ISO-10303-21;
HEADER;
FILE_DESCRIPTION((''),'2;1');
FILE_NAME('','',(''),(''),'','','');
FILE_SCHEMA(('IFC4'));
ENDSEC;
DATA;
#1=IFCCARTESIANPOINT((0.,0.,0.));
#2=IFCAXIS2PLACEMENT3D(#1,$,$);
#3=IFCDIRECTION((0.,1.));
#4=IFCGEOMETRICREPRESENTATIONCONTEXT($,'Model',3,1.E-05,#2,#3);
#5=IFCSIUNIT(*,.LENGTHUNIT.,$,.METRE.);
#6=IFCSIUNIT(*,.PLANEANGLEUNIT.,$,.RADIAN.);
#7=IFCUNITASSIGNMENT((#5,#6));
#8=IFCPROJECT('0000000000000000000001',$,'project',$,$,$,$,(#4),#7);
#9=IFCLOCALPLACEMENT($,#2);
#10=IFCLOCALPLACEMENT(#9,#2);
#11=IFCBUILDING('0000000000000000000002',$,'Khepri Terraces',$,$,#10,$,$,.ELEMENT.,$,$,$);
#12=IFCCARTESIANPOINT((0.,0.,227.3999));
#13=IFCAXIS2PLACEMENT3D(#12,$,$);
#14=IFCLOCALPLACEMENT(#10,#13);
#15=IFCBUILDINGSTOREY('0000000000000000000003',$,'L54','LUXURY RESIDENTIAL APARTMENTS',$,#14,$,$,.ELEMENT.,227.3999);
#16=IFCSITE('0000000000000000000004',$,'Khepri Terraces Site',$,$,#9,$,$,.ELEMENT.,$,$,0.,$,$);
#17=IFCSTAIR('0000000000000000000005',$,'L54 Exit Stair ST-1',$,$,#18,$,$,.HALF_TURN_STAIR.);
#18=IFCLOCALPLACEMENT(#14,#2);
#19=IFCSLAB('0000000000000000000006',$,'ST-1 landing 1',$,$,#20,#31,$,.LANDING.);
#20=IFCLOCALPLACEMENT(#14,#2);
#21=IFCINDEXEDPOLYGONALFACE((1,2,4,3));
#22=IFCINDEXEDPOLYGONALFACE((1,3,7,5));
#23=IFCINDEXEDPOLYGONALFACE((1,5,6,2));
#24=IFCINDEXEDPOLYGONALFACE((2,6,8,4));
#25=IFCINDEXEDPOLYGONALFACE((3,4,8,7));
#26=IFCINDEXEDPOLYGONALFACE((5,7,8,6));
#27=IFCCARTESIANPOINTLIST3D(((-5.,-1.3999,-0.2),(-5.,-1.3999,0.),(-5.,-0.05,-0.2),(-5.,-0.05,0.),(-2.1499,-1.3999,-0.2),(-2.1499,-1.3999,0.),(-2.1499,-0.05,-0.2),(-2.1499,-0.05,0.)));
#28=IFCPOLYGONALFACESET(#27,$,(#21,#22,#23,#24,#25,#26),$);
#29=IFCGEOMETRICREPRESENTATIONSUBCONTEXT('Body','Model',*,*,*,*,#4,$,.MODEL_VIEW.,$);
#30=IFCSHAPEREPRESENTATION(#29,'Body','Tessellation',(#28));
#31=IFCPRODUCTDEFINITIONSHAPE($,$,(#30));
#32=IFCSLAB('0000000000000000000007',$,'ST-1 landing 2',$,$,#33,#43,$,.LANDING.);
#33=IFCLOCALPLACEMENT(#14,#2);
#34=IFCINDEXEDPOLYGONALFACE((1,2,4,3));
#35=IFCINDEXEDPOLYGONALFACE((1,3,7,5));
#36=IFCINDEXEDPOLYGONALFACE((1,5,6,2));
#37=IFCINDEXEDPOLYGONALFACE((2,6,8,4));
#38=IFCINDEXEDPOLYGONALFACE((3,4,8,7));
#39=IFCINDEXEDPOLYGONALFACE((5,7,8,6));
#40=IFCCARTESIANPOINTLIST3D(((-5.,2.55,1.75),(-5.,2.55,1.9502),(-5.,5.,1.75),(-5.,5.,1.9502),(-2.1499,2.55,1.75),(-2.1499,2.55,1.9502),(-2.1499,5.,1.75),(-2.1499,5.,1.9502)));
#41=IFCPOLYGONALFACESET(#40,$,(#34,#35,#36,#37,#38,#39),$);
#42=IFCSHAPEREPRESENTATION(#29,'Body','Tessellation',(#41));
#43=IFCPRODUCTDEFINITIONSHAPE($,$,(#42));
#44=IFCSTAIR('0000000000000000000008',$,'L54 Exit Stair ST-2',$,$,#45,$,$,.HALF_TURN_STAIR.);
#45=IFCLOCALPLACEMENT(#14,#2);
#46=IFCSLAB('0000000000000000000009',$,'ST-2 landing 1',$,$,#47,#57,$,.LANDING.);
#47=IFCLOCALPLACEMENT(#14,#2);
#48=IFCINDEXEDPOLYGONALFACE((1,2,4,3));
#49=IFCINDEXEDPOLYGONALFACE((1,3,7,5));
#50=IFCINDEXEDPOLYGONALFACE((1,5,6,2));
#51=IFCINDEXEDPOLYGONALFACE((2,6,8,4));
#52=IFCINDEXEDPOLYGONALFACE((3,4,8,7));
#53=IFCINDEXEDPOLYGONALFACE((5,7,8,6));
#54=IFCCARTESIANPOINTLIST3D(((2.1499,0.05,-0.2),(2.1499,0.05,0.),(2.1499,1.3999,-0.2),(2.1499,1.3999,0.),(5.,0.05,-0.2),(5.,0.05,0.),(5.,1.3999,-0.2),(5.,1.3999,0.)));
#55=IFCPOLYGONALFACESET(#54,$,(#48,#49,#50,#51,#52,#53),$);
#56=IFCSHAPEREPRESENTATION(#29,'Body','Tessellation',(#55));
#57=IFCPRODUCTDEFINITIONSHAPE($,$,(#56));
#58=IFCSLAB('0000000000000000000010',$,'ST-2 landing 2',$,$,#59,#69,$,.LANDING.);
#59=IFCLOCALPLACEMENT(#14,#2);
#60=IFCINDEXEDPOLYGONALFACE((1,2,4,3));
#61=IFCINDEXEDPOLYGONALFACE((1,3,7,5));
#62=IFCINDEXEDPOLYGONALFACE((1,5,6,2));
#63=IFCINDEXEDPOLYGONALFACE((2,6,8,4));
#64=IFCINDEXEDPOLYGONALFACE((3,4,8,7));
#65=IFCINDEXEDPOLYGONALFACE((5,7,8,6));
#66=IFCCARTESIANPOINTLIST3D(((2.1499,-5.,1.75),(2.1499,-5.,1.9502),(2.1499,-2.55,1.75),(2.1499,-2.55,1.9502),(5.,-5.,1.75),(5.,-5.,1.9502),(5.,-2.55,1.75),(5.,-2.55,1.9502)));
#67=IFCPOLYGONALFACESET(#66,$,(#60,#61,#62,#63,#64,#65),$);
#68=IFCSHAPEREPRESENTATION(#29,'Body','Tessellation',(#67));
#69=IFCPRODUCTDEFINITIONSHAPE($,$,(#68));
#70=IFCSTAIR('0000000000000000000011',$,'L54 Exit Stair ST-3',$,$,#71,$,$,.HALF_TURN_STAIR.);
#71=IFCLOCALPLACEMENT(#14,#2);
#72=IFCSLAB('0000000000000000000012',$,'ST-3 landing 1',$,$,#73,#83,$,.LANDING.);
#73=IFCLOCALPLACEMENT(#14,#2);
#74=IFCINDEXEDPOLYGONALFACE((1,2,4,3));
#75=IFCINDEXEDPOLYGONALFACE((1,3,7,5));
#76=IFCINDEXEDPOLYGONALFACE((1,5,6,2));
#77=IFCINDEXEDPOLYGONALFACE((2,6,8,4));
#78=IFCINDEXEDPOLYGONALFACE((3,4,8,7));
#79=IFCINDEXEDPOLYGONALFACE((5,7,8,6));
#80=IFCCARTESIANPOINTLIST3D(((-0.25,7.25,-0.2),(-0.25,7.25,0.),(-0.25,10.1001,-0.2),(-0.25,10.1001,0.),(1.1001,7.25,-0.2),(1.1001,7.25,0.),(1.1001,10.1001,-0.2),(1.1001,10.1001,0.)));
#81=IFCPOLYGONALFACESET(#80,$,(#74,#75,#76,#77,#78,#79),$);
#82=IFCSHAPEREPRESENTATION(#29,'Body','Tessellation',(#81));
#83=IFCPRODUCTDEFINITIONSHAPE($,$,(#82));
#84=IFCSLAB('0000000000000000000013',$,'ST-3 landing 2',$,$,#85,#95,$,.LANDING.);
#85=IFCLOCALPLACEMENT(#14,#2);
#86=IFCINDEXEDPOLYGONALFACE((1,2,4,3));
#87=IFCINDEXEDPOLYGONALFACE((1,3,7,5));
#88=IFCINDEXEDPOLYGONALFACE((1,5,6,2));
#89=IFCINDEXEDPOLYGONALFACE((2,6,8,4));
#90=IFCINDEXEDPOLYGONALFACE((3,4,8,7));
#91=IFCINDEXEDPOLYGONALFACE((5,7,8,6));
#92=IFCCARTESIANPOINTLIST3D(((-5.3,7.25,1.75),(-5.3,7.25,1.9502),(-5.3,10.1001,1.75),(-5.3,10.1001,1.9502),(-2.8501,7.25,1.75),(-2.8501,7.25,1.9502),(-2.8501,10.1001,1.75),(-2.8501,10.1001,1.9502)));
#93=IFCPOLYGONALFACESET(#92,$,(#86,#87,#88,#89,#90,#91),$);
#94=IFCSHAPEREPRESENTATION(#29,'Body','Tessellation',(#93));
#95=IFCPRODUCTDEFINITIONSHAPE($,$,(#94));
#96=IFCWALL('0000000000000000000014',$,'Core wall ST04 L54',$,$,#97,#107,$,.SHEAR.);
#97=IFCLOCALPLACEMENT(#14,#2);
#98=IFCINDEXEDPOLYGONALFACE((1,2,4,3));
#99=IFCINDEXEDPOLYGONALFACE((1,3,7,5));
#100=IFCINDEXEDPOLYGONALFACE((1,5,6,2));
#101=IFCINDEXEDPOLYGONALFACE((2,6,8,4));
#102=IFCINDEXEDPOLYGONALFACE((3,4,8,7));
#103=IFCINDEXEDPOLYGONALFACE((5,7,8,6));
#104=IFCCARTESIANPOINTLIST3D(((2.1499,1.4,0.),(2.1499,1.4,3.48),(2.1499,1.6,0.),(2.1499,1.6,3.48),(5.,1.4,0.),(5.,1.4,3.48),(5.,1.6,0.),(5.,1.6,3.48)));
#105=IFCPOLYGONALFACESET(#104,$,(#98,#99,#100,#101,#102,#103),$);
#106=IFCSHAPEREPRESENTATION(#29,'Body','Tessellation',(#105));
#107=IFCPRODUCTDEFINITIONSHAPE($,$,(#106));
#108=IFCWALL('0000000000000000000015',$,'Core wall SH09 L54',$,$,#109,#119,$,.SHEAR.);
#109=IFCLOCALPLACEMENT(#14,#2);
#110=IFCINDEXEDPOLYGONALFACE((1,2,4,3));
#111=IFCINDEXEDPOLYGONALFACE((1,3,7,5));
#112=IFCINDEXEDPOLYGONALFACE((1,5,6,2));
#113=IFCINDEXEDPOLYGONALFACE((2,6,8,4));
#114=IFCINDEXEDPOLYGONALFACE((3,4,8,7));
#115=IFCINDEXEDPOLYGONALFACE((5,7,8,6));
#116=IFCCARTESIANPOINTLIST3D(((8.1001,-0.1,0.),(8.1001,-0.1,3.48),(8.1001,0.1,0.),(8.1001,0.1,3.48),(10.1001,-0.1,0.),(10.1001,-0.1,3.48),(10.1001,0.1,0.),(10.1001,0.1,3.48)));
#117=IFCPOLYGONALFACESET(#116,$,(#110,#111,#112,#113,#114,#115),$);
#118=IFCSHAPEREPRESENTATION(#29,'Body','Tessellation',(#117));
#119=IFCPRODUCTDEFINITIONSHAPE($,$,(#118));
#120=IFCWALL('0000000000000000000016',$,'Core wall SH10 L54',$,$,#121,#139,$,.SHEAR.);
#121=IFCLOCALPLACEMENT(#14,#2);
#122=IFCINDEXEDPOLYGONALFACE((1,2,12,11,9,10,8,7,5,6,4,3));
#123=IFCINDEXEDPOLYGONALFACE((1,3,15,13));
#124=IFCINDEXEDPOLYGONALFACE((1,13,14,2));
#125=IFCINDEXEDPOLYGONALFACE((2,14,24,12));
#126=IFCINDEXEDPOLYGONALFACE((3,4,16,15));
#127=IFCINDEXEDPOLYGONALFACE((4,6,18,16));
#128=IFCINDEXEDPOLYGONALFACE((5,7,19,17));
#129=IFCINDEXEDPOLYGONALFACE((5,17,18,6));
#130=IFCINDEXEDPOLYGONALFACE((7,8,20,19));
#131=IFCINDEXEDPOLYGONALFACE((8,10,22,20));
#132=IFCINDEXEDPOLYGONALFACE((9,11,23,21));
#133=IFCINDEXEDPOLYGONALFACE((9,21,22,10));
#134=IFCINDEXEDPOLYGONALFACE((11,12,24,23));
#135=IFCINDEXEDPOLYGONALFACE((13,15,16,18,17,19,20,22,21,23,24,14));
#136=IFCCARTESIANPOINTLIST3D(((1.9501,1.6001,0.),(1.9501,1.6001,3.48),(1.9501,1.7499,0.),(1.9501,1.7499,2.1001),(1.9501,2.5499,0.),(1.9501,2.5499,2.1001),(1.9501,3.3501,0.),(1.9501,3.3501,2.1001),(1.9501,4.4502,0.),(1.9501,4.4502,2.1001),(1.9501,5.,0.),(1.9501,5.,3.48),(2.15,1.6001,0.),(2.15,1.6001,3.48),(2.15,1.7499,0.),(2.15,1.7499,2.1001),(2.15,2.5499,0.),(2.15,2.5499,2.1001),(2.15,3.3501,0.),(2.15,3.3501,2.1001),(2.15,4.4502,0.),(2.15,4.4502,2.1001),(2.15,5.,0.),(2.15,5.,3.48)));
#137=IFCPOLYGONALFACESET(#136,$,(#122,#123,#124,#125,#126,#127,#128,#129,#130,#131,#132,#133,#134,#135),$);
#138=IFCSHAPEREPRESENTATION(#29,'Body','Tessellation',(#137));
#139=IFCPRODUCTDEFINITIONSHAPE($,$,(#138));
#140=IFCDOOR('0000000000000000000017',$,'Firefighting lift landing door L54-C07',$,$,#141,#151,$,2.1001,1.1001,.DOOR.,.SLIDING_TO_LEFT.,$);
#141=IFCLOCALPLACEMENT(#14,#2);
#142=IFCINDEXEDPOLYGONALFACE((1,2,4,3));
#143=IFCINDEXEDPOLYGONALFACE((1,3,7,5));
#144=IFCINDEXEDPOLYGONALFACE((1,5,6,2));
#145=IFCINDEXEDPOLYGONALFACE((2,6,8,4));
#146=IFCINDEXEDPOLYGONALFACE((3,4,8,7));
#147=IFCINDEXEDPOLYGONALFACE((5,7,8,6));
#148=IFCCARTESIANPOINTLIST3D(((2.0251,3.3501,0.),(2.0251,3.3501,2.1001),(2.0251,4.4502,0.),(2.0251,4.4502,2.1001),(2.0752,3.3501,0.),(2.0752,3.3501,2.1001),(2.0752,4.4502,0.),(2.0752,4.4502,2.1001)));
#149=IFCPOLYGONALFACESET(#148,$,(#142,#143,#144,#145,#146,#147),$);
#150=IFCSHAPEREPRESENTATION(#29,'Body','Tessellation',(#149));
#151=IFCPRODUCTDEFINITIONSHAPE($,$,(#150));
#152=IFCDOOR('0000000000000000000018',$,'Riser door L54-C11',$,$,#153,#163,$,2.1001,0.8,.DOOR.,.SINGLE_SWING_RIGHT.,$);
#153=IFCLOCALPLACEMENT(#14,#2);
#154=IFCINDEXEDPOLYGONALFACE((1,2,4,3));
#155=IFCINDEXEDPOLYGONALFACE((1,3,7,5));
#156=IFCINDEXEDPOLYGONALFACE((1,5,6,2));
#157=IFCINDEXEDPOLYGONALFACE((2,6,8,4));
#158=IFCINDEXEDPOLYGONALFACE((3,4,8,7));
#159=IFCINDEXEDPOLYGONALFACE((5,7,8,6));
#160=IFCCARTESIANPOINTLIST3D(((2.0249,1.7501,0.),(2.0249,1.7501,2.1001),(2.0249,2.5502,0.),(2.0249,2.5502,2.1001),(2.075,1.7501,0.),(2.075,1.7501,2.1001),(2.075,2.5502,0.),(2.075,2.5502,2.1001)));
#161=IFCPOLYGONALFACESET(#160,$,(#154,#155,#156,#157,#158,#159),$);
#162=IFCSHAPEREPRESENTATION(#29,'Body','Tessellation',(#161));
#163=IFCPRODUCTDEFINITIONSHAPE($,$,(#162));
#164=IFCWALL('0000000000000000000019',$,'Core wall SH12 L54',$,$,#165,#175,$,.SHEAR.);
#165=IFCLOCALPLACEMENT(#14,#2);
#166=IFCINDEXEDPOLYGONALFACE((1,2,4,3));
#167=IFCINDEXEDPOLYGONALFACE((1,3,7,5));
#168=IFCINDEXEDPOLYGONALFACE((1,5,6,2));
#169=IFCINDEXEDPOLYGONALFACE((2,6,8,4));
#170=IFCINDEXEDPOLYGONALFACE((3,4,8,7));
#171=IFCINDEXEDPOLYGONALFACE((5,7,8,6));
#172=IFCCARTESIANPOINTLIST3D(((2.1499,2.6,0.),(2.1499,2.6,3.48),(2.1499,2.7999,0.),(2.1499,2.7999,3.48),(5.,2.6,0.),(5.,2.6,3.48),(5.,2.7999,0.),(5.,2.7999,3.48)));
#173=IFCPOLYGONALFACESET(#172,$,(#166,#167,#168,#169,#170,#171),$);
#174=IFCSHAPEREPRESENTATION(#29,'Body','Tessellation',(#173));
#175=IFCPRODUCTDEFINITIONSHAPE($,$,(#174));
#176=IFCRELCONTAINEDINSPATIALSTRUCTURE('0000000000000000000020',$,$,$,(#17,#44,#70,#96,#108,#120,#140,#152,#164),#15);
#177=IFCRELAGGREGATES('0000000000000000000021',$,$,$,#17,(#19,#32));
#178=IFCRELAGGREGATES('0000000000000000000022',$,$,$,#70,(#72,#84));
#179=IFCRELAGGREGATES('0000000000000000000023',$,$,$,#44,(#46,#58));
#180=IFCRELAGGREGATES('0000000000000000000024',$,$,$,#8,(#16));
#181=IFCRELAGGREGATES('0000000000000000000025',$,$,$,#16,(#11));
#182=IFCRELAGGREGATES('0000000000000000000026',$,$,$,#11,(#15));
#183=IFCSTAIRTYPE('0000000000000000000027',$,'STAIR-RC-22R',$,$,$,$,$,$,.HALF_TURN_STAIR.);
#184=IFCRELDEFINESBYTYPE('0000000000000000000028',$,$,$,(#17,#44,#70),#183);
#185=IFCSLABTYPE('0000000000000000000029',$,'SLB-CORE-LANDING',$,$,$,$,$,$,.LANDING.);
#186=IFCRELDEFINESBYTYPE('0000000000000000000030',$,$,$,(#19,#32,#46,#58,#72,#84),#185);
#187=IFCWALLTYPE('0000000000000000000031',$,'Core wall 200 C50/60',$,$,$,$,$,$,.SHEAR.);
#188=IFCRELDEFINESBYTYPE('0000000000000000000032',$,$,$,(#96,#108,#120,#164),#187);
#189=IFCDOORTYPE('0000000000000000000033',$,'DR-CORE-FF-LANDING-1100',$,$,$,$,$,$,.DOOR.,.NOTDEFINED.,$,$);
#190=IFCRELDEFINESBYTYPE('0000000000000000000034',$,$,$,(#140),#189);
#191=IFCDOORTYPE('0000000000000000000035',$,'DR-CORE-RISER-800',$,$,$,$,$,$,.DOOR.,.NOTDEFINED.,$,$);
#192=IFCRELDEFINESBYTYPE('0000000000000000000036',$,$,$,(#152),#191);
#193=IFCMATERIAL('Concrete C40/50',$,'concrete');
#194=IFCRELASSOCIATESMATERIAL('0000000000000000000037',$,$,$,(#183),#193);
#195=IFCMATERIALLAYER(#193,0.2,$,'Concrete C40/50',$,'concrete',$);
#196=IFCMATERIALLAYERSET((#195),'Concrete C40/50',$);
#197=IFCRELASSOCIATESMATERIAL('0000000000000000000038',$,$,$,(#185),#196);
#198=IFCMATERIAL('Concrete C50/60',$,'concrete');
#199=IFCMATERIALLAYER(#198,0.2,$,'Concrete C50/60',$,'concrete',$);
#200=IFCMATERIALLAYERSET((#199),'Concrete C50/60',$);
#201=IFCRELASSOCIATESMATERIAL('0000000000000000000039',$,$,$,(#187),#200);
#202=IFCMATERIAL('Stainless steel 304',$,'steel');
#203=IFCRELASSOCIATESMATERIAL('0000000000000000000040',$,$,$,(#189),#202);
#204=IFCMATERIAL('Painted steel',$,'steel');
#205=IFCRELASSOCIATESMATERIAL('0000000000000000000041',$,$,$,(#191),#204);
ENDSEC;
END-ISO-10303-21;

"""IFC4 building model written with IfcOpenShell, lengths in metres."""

from ifc_helpers import new_model, si_unit, direction, frame, frame_2d, origin, place, context, subcontext, project, spatial, polyline, rectangle, outline, extrude, material, layer, layer_set, type_object, element, fill, aggregate, save


model = new_model("IFC4")

# Units and contexts
model_context = context("Model", 3, precision=1e-05, world=origin(), true_north=direction((0.0, 1.0)))
body_context = subcontext(model_context, "Body", "Model", "MODEL_VIEW")
ifc_project = project(units=[si_unit("LENGTHUNIT", "METRE"), si_unit("PLANEANGLEUNIT", "RADIAN")], contexts=[model_context])

# Site, building, storey
site_placement = place(None, origin())
site = spatial("IfcSite", under=ifc_project, at=site_placement, Name="Khepri Terraces Site", CompositionType="ELEMENT", RefElevation=0.0)
building_placement = place(site_placement, origin())
building = spatial("IfcBuilding", under=site, at=building_placement, Name="Khepri Terraces", CompositionType="ELEMENT")
storey_placement = place(building_placement, frame((0.0, 0.0, 227.3999)))
storey = spatial("IfcBuildingStorey", under=building, at=storey_placement, Name="L54", Description="LUXURY RESIDENTIAL APARTMENTS", CompositionType="ELEMENT", Elevation=227.3999)

# Stairs, slabs
ifc_material_1 = material(Name="Concrete C40/50", Category="concrete")
stair_type = type_object("IfcStairType", Name="STAIR-RC-22R", PredefinedType="HALF_TURN_STAIR", material=ifc_material_1)
stair_1_placement = place(storey_placement, origin())
stair_1 = element("IfcStair", 1, at=stair_1_placement, inside=storey, type_object=stair_type, Name="L54 Exit Stair ST-1", PredefinedType="HALF_TURN_STAIR")
ifc_layer_1 = layer(ifc_material_1, 0.2, Name="Concrete C40/50", Category="concrete")
ifc_layer_set_1 = layer_set([ifc_layer_1], Name="Concrete C40/50")
slab_type = type_object("IfcSlabType", Name="SLB-CORE-LANDING", PredefinedType="LANDING", material=ifc_layer_set_1)
slab_1_placement = place(storey_placement, frame((0.0, 0.0, -0.2)))
slab_1 = element("IfcSlab", 2, at=slab_1_placement, type_object=slab_type, Name="ST-1 landing 1", PredefinedType="LANDING", context=body_context, shape_type="SweptSolid", body=[
    extrude(outline(polyline([(-2.1499, -1.3999), (-2.1499, -0.05), (-5.0, -0.05), (-5.0, -1.3999), (-2.1499, -1.3999)])), origin(), (0.0, 0.0, 1.0), 0.2),
])
slab_2_placement = place(storey_placement, frame((0.0, 0.0, 1.75)))
slab_2 = element("IfcSlab", 3, at=slab_2_placement, type_object=slab_type, Name="ST-1 landing 2", PredefinedType="LANDING", context=body_context, shape_type="SweptSolid", body=[
    extrude(outline(polyline([(-2.1499, 2.55), (-2.1499, 5.0), (-5.0, 5.0), (-5.0, 2.55), (-2.1499, 2.55)])), origin(), (0.0, 0.0, 1.0), 0.2002),
])
aggregate(stair_1, [slab_1, slab_2])
stair_2_placement = place(storey_placement, origin())
stair_2 = element("IfcStair", 4, at=stair_2_placement, inside=storey, type_object=stair_type, Name="L54 Exit Stair ST-2", PredefinedType="HALF_TURN_STAIR")
slab_3_placement = place(storey_placement, frame((0.0, 0.0, -0.2)))
slab_3 = element("IfcSlab", 5, at=slab_3_placement, type_object=slab_type, Name="ST-2 landing 1", PredefinedType="LANDING", context=body_context, shape_type="SweptSolid", body=[
    extrude(outline(polyline([(2.1499, 1.3999), (2.1499, 0.05), (5.0, 0.05), (5.0, 1.3999), (2.1499, 1.3999)])), origin(), (0.0, 0.0, 1.0), 0.2),
])
slab_4_placement = place(storey_placement, frame((0.0, 0.0, 1.75)))
slab_4 = element("IfcSlab", 6, at=slab_4_placement, type_object=slab_type, Name="ST-2 landing 2", PredefinedType="LANDING", context=body_context, shape_type="SweptSolid", body=[
    extrude(outline(polyline([(2.1499, -2.55), (2.1499, -5.0), (5.0, -5.0), (5.0, -2.55), (2.1499, -2.55)])), origin(), (0.0, 0.0, 1.0), 0.2002),
])
stair_3_placement = place(storey_placement, origin())
stair_3 = element("IfcStair", 7, at=stair_3_placement, inside=storey, type_object=stair_type, Name="L54 Exit Stair ST-3", PredefinedType="HALF_TURN_STAIR")
slab_5_placement = place(storey_placement, frame((0.0, 0.0, -0.2)))
slab_5 = element("IfcSlab", 8, at=slab_5_placement, type_object=slab_type, Name="ST-3 landing 1", PredefinedType="LANDING", context=body_context, shape_type="SweptSolid", body=[
    extrude(outline(polyline([(1.1001, 10.1001), (-0.25, 10.1001), (-0.25, 7.25), (1.1001, 7.25), (1.1001, 10.1001)])), origin(), (0.0, 0.0, 1.0), 0.2),
])
slab_6_placement = place(storey_placement, frame((0.0, 0.0, 1.75)))
slab_6 = element("IfcSlab", 9, at=slab_6_placement, type_object=slab_type, Name="ST-3 landing 2", PredefinedType="LANDING", context=body_context, shape_type="SweptSolid", body=[
    extrude(outline(polyline([(-2.8501, 10.1001), (-5.3, 10.1001), (-5.3, 7.25), (-2.8501, 7.25), (-2.8501, 10.1001)])), origin(), (0.0, 0.0, 1.0), 0.2002),
])
aggregate(stair_3, [slab_5, slab_6])

# Walls
ifc_material_2 = material(Name="Concrete C50/60", Category="concrete")
ifc_layer_2 = layer(ifc_material_2, 0.2, Name="Concrete C50/60", Category="concrete")
ifc_layer_set_2 = layer_set([ifc_layer_2], Name="Concrete C50/60")
wall_type = type_object("IfcWallType", Name="Core wall 200 C50/60", PredefinedType="SHEAR", material=ifc_layer_set_2)
wall_1_placement = place(storey_placement, frame((2.1499, 1.5, 0.0), z_axis=(0.0, 0.0, 1.0), x_axis=(1.0, 0.0, 0.0)))
element("IfcWall", 10, at=wall_1_placement, inside=storey, type_object=wall_type, Name="Core wall ST04 L54", PredefinedType="SHEAR", context=body_context, shape_type="SweptSolid", body=[
    extrude(rectangle(XDim=2.8501, YDim=0.2, at=frame_2d((1.425, 0.0))), origin(), (0.0, 0.0, 1.0), 3.48),
])
wall_2_placement = place(storey_placement, frame((8.1001, 0.0, 0.0), z_axis=(0.0, 0.0, 1.0), x_axis=(1.0, 0.0, 0.0)))
element("IfcWall", 11, at=wall_2_placement, inside=storey, type_object=wall_type, Name="Core wall SH09 L54", PredefinedType="SHEAR", context=body_context, shape_type="SweptSolid", body=[
    extrude(rectangle(XDim=2.0, YDim=0.2, at=frame_2d((1.0, 0.0))), origin(), (0.0, 0.0, 1.0), 3.48),
])

# Wall, openings, doors
wall_3_placement = place(storey_placement, frame((2.05, 1.6001, 0.0), z_axis=(0.0, 0.0, 1.0), x_axis=(0.0, 1.0, 0.0)))
wall_3 = element("IfcWall", 12, at=wall_3_placement, inside=storey, type_object=wall_type, Name="Core wall SH10 L54", PredefinedType="SHEAR", context=body_context, shape_type="SweptSolid", body=[
    extrude(rectangle(XDim=3.3999, YDim=0.2, at=frame_2d((1.7, 0.0))), origin(), (0.0, 0.0, 1.0), 3.48),
])
opening_1_placement = place(wall_3_placement, frame((1.75, 0.0, 0.0)))
opening_1 = element("IfcOpeningElement", 13, at=opening_1_placement, cuts=wall_3, PredefinedType="OPENING", context=body_context, shape_type="SweptSolid", body=[
    extrude(rectangle(XDim=1.1001, YDim=2.1001, at=frame_2d((0.55, 1.05))), frame((0.0, 0.1099, 0.0), z_axis=(0.0, -1.0, 0.0), x_axis=(1.0, 0.0, 0.0)), (0.0, 0.0, 1.0), 0.22),
])
opening_2_placement = place(wall_3_placement, frame((0.1499, 0.0, 0.0)))
opening_2 = element("IfcOpeningElement", 14, at=opening_2_placement, cuts=wall_3, PredefinedType="OPENING", context=body_context, shape_type="SweptSolid", body=[
    extrude(rectangle(XDim=0.8, YDim=2.1001, at=frame_2d((0.3999, 1.05))), frame((0.0, 0.1099, 0.0), z_axis=(0.0, -1.0, 0.0), x_axis=(1.0, 0.0, 0.0)), (0.0, 0.0, 1.0), 0.22),
])
ifc_material_3 = material(Name="Stainless steel 304", Category="steel")
door_type_1 = type_object("IfcDoorType", Name="DR-CORE-FF-LANDING-1100", OperationType="NOTDEFINED", PredefinedType="DOOR", material=ifc_material_3)
door_1_placement = place(opening_1_placement, origin())
door_1 = element("IfcDoor", 15, at=door_1_placement, inside=storey, type_object=door_type_1, Name="Firefighting lift landing door L54-C07", OperationType="SLIDING_TO_LEFT", OverallHeight=2.1001, OverallWidth=1.1001, PredefinedType="DOOR", context=body_context, shape_type="SweptSolid", body=[
    extrude(rectangle(XDim=1.1001, YDim=2.1001, at=frame_2d((0.55, 1.05))), frame((0.0, 0.0249, 0.0), z_axis=(0.0, -1.0, 0.0), x_axis=(1.0, 0.0, 0.0)), (0.0, 0.0, 1.0), 0.05),
])
fill(opening_1, door_1)
ifc_material_4 = material(Name="Painted steel", Category="steel")
door_type_2 = type_object("IfcDoorType", Name="DR-CORE-RISER-800", OperationType="NOTDEFINED", PredefinedType="DOOR", material=ifc_material_4)
door_2_placement = place(opening_2_placement, frame((0.8, 0.0, 0.0), z_axis=(0.0, 0.0, 1.0), x_axis=(-1.0, 0.0, 0.0)))
door_2 = element("IfcDoor", 16, at=door_2_placement, inside=storey, type_object=door_type_2, Name="Riser door L54-C11", OperationType="SINGLE_SWING_RIGHT", OverallHeight=2.1001, OverallWidth=0.8, PredefinedType="DOOR", context=body_context, shape_type="SweptSolid", body=[
    extrude(rectangle(XDim=0.8, YDim=2.1001, at=frame_2d((0.3999, 1.05))), frame((0.0, 0.0249, 0.0), z_axis=(0.0, -1.0, 0.0), x_axis=(1.0, 0.0, 0.0)), (0.0, 0.0, 1.0), 0.05),
])
fill(opening_2, door_2)

# Wall
wall_4_placement = place(storey_placement, frame((2.1499, 2.7, 0.0), z_axis=(0.0, 0.0, 1.0), x_axis=(1.0, 0.0, 0.0)))
element("IfcWall", 17, at=wall_4_placement, inside=storey, type_object=wall_type, Name="Core wall SH12 L54", PredefinedType="SHEAR", context=body_context, shape_type="SweptSolid", body=[
    extrude(rectangle(XDim=2.8501, YDim=0.2, at=frame_2d((1.425, 0.0))), origin(), (0.0, 0.0, 1.0), 3.48),
])

aggregate(stair_2, [slab_3, slab_4])

save(model, "model.ifc")
